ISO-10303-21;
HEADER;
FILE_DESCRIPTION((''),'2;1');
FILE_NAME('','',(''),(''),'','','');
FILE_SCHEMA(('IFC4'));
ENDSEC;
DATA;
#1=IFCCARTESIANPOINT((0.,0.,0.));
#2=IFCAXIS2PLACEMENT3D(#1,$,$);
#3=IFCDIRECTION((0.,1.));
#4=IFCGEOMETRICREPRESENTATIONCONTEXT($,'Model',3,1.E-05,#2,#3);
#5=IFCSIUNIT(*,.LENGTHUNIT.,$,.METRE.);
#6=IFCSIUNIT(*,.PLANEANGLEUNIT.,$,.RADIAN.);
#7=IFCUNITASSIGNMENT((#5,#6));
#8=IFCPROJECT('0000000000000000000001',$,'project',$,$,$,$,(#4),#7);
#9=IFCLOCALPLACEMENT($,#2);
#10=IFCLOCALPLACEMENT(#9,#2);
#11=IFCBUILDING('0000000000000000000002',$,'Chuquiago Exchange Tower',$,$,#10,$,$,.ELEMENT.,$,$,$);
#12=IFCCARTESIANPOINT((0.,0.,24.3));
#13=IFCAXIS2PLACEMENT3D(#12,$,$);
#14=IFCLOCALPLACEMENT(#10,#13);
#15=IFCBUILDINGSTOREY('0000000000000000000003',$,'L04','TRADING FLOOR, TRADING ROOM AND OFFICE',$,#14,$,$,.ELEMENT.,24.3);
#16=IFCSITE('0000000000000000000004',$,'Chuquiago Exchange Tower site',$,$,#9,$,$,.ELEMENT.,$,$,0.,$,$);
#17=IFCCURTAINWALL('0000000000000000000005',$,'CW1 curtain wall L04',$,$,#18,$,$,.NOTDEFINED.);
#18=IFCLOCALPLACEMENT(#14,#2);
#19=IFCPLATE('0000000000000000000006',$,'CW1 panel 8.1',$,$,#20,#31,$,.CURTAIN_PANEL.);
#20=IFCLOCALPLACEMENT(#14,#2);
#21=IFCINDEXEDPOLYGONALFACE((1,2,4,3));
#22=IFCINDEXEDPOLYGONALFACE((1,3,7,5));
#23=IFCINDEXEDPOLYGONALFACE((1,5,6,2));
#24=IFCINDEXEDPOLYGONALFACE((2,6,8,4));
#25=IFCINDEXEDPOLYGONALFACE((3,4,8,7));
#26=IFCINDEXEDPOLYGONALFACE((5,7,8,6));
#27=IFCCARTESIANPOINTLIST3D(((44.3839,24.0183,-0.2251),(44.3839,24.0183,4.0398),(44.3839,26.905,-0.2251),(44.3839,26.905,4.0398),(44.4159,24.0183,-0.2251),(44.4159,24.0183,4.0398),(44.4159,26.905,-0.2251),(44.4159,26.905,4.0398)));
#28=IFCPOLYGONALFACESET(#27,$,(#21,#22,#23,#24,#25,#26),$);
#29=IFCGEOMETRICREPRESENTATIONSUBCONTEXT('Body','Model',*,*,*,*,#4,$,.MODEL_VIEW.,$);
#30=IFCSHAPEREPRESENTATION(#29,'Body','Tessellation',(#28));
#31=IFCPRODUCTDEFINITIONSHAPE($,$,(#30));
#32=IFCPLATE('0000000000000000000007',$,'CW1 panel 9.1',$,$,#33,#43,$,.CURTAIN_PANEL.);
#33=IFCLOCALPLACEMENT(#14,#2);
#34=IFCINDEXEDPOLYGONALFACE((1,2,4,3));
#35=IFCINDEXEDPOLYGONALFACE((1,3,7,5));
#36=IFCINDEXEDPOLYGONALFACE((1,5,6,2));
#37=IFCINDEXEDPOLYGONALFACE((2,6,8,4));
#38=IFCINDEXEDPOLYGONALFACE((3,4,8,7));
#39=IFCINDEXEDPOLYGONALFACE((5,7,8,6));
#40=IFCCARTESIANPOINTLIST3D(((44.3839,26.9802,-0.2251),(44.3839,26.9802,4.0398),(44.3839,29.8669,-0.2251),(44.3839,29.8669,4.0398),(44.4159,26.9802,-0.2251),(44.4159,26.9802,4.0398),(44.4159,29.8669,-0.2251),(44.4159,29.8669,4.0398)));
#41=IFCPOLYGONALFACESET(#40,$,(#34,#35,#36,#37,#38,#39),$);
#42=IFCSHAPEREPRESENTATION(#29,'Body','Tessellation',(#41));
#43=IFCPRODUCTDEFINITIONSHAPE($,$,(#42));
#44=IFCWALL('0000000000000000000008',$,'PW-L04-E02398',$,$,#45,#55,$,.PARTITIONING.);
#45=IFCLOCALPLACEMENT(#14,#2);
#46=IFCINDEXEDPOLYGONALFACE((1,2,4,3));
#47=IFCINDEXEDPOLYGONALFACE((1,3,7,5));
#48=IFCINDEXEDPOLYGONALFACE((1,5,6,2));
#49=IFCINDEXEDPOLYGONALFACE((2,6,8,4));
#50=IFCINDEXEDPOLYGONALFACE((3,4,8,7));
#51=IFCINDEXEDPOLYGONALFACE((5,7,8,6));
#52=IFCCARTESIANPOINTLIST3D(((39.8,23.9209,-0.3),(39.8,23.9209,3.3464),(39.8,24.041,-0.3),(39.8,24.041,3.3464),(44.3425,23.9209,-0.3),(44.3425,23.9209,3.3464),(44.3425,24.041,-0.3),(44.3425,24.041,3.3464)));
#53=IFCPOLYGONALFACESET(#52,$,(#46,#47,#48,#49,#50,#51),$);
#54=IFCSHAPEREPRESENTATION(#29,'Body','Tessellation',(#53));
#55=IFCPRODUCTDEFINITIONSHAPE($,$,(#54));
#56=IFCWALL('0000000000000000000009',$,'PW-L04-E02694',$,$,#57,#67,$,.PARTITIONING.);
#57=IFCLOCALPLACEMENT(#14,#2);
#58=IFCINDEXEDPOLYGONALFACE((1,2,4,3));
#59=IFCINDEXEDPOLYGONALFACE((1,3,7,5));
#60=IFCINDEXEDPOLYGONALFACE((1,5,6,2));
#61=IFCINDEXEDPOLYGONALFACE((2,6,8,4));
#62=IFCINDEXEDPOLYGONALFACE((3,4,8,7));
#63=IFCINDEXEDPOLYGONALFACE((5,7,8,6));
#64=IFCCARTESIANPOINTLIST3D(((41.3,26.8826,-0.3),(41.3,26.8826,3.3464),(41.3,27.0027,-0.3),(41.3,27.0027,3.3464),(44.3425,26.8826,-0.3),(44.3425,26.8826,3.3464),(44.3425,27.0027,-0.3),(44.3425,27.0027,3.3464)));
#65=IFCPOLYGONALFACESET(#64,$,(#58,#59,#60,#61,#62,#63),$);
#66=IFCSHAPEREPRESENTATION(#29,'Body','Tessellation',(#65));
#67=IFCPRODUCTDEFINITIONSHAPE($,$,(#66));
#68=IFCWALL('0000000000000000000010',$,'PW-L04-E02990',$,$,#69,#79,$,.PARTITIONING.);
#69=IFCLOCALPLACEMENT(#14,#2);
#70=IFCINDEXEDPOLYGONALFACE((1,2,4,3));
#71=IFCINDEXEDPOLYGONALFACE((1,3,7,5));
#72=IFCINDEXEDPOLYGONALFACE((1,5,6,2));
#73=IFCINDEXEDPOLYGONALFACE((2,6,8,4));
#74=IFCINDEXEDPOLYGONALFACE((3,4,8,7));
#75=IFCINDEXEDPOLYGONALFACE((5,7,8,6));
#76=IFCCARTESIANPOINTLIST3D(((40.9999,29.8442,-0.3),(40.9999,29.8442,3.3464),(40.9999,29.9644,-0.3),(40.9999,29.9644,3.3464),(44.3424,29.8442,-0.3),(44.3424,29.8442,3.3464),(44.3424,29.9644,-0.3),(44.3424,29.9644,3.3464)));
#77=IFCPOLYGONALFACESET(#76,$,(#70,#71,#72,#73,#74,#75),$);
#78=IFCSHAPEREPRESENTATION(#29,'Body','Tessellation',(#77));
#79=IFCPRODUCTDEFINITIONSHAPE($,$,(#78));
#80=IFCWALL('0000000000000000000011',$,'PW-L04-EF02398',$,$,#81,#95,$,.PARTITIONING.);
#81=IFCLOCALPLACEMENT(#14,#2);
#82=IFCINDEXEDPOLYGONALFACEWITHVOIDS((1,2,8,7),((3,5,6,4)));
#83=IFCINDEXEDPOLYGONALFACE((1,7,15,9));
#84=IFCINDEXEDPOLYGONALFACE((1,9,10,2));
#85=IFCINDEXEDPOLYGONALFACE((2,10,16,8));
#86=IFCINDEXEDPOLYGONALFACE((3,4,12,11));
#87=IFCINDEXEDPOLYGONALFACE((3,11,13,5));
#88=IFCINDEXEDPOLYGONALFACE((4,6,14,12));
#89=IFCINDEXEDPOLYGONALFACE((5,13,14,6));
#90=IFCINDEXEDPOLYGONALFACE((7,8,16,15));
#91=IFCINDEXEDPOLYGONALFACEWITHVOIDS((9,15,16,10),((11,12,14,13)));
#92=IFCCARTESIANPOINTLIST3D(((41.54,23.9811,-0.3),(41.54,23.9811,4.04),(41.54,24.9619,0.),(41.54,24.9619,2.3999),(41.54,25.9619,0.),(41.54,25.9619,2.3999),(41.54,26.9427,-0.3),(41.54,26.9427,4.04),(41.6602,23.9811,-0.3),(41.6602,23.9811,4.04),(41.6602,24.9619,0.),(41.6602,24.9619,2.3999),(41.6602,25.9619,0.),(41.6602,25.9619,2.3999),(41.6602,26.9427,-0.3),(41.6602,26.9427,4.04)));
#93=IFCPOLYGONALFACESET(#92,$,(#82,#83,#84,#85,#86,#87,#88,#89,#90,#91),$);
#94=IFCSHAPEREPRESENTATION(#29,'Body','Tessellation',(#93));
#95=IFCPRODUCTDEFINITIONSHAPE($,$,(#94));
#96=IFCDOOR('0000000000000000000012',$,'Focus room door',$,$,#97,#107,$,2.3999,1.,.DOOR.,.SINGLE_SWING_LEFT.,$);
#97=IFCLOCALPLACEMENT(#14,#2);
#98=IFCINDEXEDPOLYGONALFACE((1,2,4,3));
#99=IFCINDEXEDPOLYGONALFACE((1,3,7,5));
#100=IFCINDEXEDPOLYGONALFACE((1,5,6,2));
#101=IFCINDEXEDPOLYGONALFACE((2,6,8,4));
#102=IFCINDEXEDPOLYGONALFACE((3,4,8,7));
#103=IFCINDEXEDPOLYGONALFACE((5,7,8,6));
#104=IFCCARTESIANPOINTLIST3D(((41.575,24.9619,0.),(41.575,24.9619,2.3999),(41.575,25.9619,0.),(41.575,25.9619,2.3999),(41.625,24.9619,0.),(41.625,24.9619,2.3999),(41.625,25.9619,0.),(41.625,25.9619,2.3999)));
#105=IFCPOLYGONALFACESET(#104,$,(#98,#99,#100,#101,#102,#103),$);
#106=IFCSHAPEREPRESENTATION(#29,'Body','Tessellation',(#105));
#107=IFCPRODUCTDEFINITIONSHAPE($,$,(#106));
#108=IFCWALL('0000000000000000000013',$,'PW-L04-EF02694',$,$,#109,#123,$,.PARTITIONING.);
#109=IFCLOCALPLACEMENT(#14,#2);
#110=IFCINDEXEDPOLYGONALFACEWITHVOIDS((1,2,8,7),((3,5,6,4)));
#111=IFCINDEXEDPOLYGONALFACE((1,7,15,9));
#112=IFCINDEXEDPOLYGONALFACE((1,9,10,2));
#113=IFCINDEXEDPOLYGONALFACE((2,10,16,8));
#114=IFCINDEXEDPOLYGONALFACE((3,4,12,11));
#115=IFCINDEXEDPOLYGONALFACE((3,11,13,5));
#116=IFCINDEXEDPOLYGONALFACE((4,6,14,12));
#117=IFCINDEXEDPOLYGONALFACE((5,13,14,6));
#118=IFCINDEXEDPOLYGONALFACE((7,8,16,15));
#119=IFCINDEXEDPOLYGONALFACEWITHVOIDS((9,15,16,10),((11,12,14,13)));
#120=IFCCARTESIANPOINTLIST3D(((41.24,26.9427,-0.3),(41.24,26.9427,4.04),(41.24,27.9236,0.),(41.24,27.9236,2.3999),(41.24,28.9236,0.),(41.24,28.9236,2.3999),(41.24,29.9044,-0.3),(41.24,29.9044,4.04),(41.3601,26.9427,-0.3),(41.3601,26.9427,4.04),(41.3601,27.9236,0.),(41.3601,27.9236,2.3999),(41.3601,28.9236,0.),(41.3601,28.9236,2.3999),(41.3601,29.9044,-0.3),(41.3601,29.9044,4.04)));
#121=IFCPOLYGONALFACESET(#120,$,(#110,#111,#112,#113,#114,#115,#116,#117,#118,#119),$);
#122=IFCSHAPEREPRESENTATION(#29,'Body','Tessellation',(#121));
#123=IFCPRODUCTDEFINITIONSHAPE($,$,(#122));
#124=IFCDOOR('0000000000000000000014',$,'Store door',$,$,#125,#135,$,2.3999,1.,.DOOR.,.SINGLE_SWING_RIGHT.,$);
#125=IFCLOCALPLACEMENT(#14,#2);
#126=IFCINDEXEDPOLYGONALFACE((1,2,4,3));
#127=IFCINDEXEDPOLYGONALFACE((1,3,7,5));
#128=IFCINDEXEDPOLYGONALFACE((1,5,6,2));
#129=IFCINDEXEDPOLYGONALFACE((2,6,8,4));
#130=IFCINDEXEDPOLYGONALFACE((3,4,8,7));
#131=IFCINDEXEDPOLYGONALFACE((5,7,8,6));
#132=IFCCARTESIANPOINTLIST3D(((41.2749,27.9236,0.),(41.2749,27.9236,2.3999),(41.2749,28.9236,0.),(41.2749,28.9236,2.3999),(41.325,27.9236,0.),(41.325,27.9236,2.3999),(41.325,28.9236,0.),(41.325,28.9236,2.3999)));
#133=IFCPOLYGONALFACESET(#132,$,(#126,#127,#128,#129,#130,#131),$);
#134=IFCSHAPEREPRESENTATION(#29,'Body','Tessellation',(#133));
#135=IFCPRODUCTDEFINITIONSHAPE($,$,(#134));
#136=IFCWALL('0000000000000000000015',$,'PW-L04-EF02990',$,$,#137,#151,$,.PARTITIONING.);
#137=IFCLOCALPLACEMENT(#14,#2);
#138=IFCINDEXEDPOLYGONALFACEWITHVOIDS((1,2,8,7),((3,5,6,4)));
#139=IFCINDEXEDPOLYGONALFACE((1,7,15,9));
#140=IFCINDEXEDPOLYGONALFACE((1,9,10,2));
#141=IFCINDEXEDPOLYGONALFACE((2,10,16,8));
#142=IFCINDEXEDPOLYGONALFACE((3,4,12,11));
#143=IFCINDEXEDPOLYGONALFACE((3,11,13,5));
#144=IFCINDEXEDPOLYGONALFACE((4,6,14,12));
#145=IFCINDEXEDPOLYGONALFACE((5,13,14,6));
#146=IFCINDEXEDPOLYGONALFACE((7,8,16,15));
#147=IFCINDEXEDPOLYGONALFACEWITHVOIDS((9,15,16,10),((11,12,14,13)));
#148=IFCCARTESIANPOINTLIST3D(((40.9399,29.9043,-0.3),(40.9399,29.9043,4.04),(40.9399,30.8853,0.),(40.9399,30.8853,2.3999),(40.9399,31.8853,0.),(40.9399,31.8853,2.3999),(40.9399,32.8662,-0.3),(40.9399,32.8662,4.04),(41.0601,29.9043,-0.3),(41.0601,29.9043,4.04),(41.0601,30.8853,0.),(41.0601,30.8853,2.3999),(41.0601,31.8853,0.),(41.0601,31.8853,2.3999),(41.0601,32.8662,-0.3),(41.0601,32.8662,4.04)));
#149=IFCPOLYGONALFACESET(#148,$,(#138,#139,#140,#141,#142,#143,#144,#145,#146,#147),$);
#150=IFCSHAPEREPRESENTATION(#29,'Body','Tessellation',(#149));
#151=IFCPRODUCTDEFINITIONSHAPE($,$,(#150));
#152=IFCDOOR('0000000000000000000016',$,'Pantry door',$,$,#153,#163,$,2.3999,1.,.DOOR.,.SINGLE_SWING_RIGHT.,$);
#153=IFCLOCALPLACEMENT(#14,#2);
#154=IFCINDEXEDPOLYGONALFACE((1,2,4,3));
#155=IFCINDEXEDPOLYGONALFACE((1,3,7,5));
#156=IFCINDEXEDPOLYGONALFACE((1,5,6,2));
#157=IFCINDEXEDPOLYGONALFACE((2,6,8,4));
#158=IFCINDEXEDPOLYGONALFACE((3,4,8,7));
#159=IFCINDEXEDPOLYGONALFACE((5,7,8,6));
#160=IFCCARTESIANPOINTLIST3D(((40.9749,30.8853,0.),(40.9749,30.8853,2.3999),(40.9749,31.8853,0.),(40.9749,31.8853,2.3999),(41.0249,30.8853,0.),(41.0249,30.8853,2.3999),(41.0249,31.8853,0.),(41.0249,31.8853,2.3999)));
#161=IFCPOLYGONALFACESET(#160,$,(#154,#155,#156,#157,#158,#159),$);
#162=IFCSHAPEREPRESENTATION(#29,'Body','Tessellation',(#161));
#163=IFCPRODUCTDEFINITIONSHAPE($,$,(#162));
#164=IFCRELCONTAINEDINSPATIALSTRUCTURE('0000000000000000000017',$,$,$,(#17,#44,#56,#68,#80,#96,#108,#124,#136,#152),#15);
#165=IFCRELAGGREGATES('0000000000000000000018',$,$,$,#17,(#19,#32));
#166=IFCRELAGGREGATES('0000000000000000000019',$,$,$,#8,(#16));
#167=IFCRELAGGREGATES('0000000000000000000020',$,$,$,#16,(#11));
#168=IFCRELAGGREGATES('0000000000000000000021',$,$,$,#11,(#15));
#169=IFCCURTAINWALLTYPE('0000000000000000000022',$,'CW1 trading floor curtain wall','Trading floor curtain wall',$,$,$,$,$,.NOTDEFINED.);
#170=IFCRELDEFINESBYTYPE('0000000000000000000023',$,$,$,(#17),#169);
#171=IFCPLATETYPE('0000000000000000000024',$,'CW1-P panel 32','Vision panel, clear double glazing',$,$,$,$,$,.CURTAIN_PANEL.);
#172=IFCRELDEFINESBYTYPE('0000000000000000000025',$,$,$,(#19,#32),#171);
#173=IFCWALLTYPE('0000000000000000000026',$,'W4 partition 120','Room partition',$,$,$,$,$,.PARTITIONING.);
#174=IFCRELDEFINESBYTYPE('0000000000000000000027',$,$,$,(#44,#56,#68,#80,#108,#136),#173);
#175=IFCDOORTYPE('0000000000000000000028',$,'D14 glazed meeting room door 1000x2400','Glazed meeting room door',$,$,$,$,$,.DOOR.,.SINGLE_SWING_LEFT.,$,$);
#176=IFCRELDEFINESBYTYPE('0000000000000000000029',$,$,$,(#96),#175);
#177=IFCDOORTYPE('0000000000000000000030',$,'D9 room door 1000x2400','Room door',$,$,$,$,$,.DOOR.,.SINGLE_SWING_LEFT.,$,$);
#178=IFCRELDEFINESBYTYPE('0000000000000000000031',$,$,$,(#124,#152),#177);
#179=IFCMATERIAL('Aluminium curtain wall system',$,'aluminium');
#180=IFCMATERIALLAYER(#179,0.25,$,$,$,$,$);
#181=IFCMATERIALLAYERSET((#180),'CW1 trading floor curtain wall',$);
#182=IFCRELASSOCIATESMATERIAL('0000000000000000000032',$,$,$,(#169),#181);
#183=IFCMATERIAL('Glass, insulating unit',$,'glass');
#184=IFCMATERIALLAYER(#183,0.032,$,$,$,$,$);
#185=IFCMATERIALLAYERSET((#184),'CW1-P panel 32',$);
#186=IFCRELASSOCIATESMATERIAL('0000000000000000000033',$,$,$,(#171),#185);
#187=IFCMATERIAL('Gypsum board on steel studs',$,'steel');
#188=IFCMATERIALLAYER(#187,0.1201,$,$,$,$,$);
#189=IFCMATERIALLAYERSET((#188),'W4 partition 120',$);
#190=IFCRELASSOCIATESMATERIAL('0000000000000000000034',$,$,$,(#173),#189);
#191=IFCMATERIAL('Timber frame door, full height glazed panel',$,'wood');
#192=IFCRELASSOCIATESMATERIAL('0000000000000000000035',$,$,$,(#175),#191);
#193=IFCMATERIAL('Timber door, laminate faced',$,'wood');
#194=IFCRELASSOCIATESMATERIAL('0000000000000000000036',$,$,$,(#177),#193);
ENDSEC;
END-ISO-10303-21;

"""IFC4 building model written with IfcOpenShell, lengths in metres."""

from ifc_helpers import new_model, si_unit, direction, frame, frame_2d, origin, origin_2d, place, context, subcontext, project, spatial, rectangle, extrude, material, layer, layer_set, type_object, element, fill, aggregate, save


model = new_model("IFC4")

# Units and contexts
model_context = context("Model", 3, precision=1e-05, world=origin(), true_north=direction((0.0, 1.0)))
body_context = subcontext(model_context, "Body", "Model", "MODEL_VIEW")
ifc_project = project(units=[si_unit("LENGTHUNIT", "METRE"), si_unit("PLANEANGLEUNIT", "RADIAN")], contexts=[model_context])

# Site, building, storey
site_placement = place(None, origin())
site = spatial("IfcSite", under=ifc_project, at=site_placement, Name="Chuquiago Exchange Tower site", CompositionType="ELEMENT", RefElevation=0.0)
building_placement = place(site_placement, origin())
building = spatial("IfcBuilding", under=site, at=building_placement, Name="Chuquiago Exchange Tower", CompositionType="ELEMENT")
storey_placement = place(building_placement, frame((0.0, 0.0, 24.3)))
storey = spatial("IfcBuildingStorey", under=building, at=storey_placement, Name="L04", Description="TRADING FLOOR, TRADING ROOM AND OFFICE", CompositionType="ELEMENT", Elevation=24.3)

# Curtain wall
ifc_material_1 = material(Name="Aluminium curtain wall system", Category="aluminium")
ifc_layer_1 = layer(ifc_material_1, 0.25)
ifc_layer_set_1 = layer_set([ifc_layer_1], Name="CW1 trading floor curtain wall")
curtain_wall_type = type_object("IfcCurtainWallType", Name="CW1 trading floor curtain wall", Description="Trading floor curtain wall", PredefinedType="NOTDEFINED", material=ifc_layer_set_1)
curtain_wall_placement = place(storey_placement, origin())
curtain_wall = element("IfcCurtainWall", 1, at=curtain_wall_placement, inside=storey, type_object=curtain_wall_type, Name="CW1 curtain wall L04", PredefinedType="NOTDEFINED")

# Plates
ifc_material_2 = material(Name="Glass, insulating unit", Category="glass")
ifc_layer_2 = layer(ifc_material_2, 0.032)
ifc_layer_set_2 = layer_set([ifc_layer_2], Name="CW1-P panel 32")
plate_type = type_object("IfcPlateType", Name="CW1-P panel 32", Description="Vision panel, clear double glazing", PredefinedType="CURTAIN_PANEL", material=ifc_layer_set_2)
plate_1_placement = place(storey_placement, frame((44.3999, 25.4617, -0.2251), z_axis=(0.0, 0.0, 1.0), x_axis=(0.0, 1.0, 0.0)))
plate_1 = element("IfcPlate", 2, at=plate_1_placement, type_object=plate_type, Name="CW1 panel 8.1", PredefinedType="CURTAIN_PANEL", context=body_context, shape_type="SweptSolid", body=[
    extrude(rectangle(XDim=2.8867, YDim=0.032, at=origin_2d()), origin(), (0.0, 0.0, 1.0), 4.2649),
])
plate_2_placement = place(storey_placement, frame((44.3999, 28.4236, -0.2251), z_axis=(0.0, 0.0, 1.0), x_axis=(0.0, 1.0, 0.0)))
plate_2 = element("IfcPlate", 3, at=plate_2_placement, type_object=plate_type, Name="CW1 panel 9.1", PredefinedType="CURTAIN_PANEL", context=body_context, shape_type="SweptSolid", body=[
    extrude(rectangle(XDim=2.8867, YDim=0.032, at=origin_2d()), origin(), (0.0, 0.0, 1.0), 4.2649),
])
aggregate(curtain_wall, [plate_1, plate_2])

# Walls
ifc_material_3 = material(Name="Gypsum board on steel studs", Category="steel")
ifc_layer_3 = layer(ifc_material_3, 0.1201)
ifc_layer_set_3 = layer_set([ifc_layer_3], Name="W4 partition 120")
wall_type = type_object("IfcWallType", Name="W4 partition 120", Description="Room partition", PredefinedType="PARTITIONING", material=ifc_layer_set_3)
wall_1_placement = place(storey_placement, frame((44.3425, 23.981, -0.3), z_axis=(0.0, 0.0, 1.0), x_axis=(-1.0, 0.0, 0.0)))
element("IfcWall", 4, at=wall_1_placement, inside=storey, type_object=wall_type, Name="PW-L04-E02398", PredefinedType="PARTITIONING", context=body_context, shape_type="SweptSolid", body=[
    extrude(rectangle(XDim=4.5425, YDim=0.1201, at=frame_2d((2.2712, 0.0))), origin(), (0.0, 0.0, 1.0), 3.6465),
])
wall_2_placement = place(storey_placement, frame((44.3425, 26.9426, -0.3), z_axis=(0.0, 0.0, 1.0), x_axis=(-1.0, 0.0, 0.0)))
element("IfcWall", 5, at=wall_2_placement, inside=storey, type_object=wall_type, Name="PW-L04-E02694", PredefinedType="PARTITIONING", context=body_context, shape_type="SweptSolid", body=[
    extrude(rectangle(XDim=3.0425, YDim=0.1201, at=frame_2d((1.5212, 0.0))), origin(), (0.0, 0.0, 1.0), 3.6465),
])
wall_3_placement = place(storey_placement, frame((44.3425, 29.9043, -0.3), z_axis=(0.0, 0.0, 1.0), x_axis=(-1.0, 0.0, 0.0)))
element("IfcWall", 6, at=wall_3_placement, inside=storey, type_object=wall_type, Name="PW-L04-E02990", PredefinedType="PARTITIONING", context=body_context, shape_type="SweptSolid", body=[
    extrude(rectangle(XDim=3.3425, YDim=0.1201, at=frame_2d((1.6714, 0.0))), origin(), (0.0, 0.0, 1.0), 3.6465),
])

# Walls, openings, doors
wall_4_placement = place(storey_placement, frame((41.6001, 23.981, -0.3), z_axis=(0.0, 0.0, 1.0), x_axis=(0.0, 1.0, 0.0)))
wall_4 = element("IfcWall", 7, at=wall_4_placement, inside=storey, type_object=wall_type, Name="PW-L04-EF02398", PredefinedType="PARTITIONING", context=body_context, shape_type="SweptSolid", body=[
    extrude(rectangle(XDim=2.9617, YDim=0.1201, at=frame_2d((1.481, 0.0))), origin(), (0.0, 0.0, 1.0), 4.3401),
])
opening_1_placement = place(wall_4_placement, frame((0.981, 0.0, 0.3)))
opening_1 = element("IfcOpeningElement", 8, at=opening_1_placement, cuts=wall_4, PredefinedType="OPENING", context=body_context, shape_type="SweptSolid", body=[
    extrude(rectangle(XDim=1.0, YDim=2.3999, at=frame_2d((0.5, 1.2))), frame((0.0, 0.0701, 0.0), z_axis=(0.0, -1.0, 0.0), x_axis=(1.0, 0.0, 0.0)), (0.0, 0.0, 1.0), 0.1401),
])
ifc_material_4 = material(Name="Timber frame door, full height glazed panel", Category="wood")
door_type_1 = type_object("IfcDoorType", Name="D14 glazed meeting room door 1000x2400", Description="Glazed meeting room door", OperationType="SINGLE_SWING_LEFT", PredefinedType="DOOR", material=ifc_material_4)
door_1_placement = place(opening_1_placement, frame((1.0, 0.0, 0.0), z_axis=(0.0, 0.0, 1.0), x_axis=(-1.0, 0.0, 0.0)))
door_1 = element("IfcDoor", 9, at=door_1_placement, inside=storey, type_object=door_type_1, Name="Focus room door", OperationType="SINGLE_SWING_LEFT", OverallHeight=2.3999, OverallWidth=1.0, PredefinedType="DOOR", context=body_context, shape_type="SweptSolid", body=[
    extrude(rectangle(XDim=1.0, YDim=2.3999, at=frame_2d((0.5, 1.2))), frame((0.0, 0.0249, 0.0), z_axis=(0.0, -1.0, 0.0), x_axis=(1.0, 0.0, 0.0)), (0.0, 0.0, 1.0), 0.05),
])
fill(opening_1, door_1)
wall_5_placement = place(storey_placement, frame((41.3, 26.9426, -0.3), z_axis=(0.0, 0.0, 1.0), x_axis=(0.0, 1.0, 0.0)))
wall_5 = element("IfcWall", 10, at=wall_5_placement, inside=storey, type_object=wall_type, Name="PW-L04-EF02694", PredefinedType="PARTITIONING", context=body_context, shape_type="SweptSolid", body=[
    extrude(rectangle(XDim=2.9617, YDim=0.1201, at=frame_2d((1.481, 0.0))), origin(), (0.0, 0.0, 1.0), 4.3401),
])
opening_2_placement = place(wall_5_placement, frame((0.981, 0.0, 0.3)))
opening_2 = element("IfcOpeningElement", 11, at=opening_2_placement, cuts=wall_5, PredefinedType="OPENING", context=body_context, shape_type="SweptSolid", body=[
    extrude(rectangle(XDim=1.0, YDim=2.3999, at=frame_2d((0.5, 1.2))), frame((0.0, 0.0701, 0.0), z_axis=(0.0, -1.0, 0.0), x_axis=(1.0, 0.0, 0.0)), (0.0, 0.0, 1.0), 0.1401),
])
ifc_material_5 = material(Name="Timber door, laminate faced", Category="wood")
door_type_2 = type_object("IfcDoorType", Name="D9 room door 1000x2400", Description="Room door", OperationType="SINGLE_SWING_LEFT", PredefinedType="DOOR", material=ifc_material_5)
door_2_placement = place(opening_2_placement, frame((1.0, 0.0, 0.0), z_axis=(0.0, 0.0, 1.0), x_axis=(-1.0, 0.0, 0.0)))
door_2 = element("IfcDoor", 12, at=door_2_placement, inside=storey, type_object=door_type_2, Name="Store door", OperationType="SINGLE_SWING_RIGHT", OverallHeight=2.3999, OverallWidth=1.0, PredefinedType="DOOR", context=body_context, shape_type="SweptSolid", body=[
    extrude(rectangle(XDim=1.0, YDim=2.3999, at=frame_2d((0.5, 1.2))), frame((0.0, 0.0249, 0.0), z_axis=(0.0, -1.0, 0.0), x_axis=(1.0, 0.0, 0.0)), (0.0, 0.0, 1.0), 0.05),
])
fill(opening_2, door_2)
wall_6_placement = place(storey_placement, frame((41.0, 29.9043, -0.3), z_axis=(0.0, 0.0, 1.0), x_axis=(0.0, 1.0, 0.0)))
wall_6 = element("IfcWall", 13, at=wall_6_placement, inside=storey, type_object=wall_type, Name="PW-L04-EF02990", PredefinedType="PARTITIONING", context=body_context, shape_type="SweptSolid", body=[
    extrude(rectangle(XDim=2.9619, YDim=0.1201, at=frame_2d((1.481, 0.0))), origin(), (0.0, 0.0, 1.0), 4.3401),
])
opening_3_placement = place(wall_6_placement, frame((0.981, 0.0, 0.3)))
opening_3 = element("IfcOpeningElement", 14, at=opening_3_placement, cuts=wall_6, PredefinedType="OPENING", context=body_context, shape_type="SweptSolid", body=[
    extrude(rectangle(XDim=1.0, YDim=2.3999, at=frame_2d((0.5, 1.2))), frame((0.0, 0.0701, 0.0), z_axis=(0.0, -1.0, 0.0), x_axis=(1.0, 0.0, 0.0)), (0.0, 0.0, 1.0), 0.1401),
])
door_3_placement = place(opening_3_placement, frame((1.0, 0.0, 0.0), z_axis=(0.0, 0.0, 1.0), x_axis=(-1.0, 0.0, 0.0)))
door_3 = element("IfcDoor", 15, at=door_3_placement, inside=storey, type_object=door_type_2, Name="Pantry door", OperationType="SINGLE_SWING_RIGHT", OverallHeight=2.3999, OverallWidth=1.0, PredefinedType="DOOR", context=body_context, shape_type="SweptSolid", body=[
    extrude(rectangle(XDim=1.0, YDim=2.3999, at=frame_2d((0.5, 1.2))), frame((0.0, 0.0249, 0.0), z_axis=(0.0, -1.0, 0.0), x_axis=(1.0, 0.0, 0.0)), (0.0, 0.0, 1.0), 0.05),
])
fill(opening_3, door_3)

save(model, "model.ifc")
